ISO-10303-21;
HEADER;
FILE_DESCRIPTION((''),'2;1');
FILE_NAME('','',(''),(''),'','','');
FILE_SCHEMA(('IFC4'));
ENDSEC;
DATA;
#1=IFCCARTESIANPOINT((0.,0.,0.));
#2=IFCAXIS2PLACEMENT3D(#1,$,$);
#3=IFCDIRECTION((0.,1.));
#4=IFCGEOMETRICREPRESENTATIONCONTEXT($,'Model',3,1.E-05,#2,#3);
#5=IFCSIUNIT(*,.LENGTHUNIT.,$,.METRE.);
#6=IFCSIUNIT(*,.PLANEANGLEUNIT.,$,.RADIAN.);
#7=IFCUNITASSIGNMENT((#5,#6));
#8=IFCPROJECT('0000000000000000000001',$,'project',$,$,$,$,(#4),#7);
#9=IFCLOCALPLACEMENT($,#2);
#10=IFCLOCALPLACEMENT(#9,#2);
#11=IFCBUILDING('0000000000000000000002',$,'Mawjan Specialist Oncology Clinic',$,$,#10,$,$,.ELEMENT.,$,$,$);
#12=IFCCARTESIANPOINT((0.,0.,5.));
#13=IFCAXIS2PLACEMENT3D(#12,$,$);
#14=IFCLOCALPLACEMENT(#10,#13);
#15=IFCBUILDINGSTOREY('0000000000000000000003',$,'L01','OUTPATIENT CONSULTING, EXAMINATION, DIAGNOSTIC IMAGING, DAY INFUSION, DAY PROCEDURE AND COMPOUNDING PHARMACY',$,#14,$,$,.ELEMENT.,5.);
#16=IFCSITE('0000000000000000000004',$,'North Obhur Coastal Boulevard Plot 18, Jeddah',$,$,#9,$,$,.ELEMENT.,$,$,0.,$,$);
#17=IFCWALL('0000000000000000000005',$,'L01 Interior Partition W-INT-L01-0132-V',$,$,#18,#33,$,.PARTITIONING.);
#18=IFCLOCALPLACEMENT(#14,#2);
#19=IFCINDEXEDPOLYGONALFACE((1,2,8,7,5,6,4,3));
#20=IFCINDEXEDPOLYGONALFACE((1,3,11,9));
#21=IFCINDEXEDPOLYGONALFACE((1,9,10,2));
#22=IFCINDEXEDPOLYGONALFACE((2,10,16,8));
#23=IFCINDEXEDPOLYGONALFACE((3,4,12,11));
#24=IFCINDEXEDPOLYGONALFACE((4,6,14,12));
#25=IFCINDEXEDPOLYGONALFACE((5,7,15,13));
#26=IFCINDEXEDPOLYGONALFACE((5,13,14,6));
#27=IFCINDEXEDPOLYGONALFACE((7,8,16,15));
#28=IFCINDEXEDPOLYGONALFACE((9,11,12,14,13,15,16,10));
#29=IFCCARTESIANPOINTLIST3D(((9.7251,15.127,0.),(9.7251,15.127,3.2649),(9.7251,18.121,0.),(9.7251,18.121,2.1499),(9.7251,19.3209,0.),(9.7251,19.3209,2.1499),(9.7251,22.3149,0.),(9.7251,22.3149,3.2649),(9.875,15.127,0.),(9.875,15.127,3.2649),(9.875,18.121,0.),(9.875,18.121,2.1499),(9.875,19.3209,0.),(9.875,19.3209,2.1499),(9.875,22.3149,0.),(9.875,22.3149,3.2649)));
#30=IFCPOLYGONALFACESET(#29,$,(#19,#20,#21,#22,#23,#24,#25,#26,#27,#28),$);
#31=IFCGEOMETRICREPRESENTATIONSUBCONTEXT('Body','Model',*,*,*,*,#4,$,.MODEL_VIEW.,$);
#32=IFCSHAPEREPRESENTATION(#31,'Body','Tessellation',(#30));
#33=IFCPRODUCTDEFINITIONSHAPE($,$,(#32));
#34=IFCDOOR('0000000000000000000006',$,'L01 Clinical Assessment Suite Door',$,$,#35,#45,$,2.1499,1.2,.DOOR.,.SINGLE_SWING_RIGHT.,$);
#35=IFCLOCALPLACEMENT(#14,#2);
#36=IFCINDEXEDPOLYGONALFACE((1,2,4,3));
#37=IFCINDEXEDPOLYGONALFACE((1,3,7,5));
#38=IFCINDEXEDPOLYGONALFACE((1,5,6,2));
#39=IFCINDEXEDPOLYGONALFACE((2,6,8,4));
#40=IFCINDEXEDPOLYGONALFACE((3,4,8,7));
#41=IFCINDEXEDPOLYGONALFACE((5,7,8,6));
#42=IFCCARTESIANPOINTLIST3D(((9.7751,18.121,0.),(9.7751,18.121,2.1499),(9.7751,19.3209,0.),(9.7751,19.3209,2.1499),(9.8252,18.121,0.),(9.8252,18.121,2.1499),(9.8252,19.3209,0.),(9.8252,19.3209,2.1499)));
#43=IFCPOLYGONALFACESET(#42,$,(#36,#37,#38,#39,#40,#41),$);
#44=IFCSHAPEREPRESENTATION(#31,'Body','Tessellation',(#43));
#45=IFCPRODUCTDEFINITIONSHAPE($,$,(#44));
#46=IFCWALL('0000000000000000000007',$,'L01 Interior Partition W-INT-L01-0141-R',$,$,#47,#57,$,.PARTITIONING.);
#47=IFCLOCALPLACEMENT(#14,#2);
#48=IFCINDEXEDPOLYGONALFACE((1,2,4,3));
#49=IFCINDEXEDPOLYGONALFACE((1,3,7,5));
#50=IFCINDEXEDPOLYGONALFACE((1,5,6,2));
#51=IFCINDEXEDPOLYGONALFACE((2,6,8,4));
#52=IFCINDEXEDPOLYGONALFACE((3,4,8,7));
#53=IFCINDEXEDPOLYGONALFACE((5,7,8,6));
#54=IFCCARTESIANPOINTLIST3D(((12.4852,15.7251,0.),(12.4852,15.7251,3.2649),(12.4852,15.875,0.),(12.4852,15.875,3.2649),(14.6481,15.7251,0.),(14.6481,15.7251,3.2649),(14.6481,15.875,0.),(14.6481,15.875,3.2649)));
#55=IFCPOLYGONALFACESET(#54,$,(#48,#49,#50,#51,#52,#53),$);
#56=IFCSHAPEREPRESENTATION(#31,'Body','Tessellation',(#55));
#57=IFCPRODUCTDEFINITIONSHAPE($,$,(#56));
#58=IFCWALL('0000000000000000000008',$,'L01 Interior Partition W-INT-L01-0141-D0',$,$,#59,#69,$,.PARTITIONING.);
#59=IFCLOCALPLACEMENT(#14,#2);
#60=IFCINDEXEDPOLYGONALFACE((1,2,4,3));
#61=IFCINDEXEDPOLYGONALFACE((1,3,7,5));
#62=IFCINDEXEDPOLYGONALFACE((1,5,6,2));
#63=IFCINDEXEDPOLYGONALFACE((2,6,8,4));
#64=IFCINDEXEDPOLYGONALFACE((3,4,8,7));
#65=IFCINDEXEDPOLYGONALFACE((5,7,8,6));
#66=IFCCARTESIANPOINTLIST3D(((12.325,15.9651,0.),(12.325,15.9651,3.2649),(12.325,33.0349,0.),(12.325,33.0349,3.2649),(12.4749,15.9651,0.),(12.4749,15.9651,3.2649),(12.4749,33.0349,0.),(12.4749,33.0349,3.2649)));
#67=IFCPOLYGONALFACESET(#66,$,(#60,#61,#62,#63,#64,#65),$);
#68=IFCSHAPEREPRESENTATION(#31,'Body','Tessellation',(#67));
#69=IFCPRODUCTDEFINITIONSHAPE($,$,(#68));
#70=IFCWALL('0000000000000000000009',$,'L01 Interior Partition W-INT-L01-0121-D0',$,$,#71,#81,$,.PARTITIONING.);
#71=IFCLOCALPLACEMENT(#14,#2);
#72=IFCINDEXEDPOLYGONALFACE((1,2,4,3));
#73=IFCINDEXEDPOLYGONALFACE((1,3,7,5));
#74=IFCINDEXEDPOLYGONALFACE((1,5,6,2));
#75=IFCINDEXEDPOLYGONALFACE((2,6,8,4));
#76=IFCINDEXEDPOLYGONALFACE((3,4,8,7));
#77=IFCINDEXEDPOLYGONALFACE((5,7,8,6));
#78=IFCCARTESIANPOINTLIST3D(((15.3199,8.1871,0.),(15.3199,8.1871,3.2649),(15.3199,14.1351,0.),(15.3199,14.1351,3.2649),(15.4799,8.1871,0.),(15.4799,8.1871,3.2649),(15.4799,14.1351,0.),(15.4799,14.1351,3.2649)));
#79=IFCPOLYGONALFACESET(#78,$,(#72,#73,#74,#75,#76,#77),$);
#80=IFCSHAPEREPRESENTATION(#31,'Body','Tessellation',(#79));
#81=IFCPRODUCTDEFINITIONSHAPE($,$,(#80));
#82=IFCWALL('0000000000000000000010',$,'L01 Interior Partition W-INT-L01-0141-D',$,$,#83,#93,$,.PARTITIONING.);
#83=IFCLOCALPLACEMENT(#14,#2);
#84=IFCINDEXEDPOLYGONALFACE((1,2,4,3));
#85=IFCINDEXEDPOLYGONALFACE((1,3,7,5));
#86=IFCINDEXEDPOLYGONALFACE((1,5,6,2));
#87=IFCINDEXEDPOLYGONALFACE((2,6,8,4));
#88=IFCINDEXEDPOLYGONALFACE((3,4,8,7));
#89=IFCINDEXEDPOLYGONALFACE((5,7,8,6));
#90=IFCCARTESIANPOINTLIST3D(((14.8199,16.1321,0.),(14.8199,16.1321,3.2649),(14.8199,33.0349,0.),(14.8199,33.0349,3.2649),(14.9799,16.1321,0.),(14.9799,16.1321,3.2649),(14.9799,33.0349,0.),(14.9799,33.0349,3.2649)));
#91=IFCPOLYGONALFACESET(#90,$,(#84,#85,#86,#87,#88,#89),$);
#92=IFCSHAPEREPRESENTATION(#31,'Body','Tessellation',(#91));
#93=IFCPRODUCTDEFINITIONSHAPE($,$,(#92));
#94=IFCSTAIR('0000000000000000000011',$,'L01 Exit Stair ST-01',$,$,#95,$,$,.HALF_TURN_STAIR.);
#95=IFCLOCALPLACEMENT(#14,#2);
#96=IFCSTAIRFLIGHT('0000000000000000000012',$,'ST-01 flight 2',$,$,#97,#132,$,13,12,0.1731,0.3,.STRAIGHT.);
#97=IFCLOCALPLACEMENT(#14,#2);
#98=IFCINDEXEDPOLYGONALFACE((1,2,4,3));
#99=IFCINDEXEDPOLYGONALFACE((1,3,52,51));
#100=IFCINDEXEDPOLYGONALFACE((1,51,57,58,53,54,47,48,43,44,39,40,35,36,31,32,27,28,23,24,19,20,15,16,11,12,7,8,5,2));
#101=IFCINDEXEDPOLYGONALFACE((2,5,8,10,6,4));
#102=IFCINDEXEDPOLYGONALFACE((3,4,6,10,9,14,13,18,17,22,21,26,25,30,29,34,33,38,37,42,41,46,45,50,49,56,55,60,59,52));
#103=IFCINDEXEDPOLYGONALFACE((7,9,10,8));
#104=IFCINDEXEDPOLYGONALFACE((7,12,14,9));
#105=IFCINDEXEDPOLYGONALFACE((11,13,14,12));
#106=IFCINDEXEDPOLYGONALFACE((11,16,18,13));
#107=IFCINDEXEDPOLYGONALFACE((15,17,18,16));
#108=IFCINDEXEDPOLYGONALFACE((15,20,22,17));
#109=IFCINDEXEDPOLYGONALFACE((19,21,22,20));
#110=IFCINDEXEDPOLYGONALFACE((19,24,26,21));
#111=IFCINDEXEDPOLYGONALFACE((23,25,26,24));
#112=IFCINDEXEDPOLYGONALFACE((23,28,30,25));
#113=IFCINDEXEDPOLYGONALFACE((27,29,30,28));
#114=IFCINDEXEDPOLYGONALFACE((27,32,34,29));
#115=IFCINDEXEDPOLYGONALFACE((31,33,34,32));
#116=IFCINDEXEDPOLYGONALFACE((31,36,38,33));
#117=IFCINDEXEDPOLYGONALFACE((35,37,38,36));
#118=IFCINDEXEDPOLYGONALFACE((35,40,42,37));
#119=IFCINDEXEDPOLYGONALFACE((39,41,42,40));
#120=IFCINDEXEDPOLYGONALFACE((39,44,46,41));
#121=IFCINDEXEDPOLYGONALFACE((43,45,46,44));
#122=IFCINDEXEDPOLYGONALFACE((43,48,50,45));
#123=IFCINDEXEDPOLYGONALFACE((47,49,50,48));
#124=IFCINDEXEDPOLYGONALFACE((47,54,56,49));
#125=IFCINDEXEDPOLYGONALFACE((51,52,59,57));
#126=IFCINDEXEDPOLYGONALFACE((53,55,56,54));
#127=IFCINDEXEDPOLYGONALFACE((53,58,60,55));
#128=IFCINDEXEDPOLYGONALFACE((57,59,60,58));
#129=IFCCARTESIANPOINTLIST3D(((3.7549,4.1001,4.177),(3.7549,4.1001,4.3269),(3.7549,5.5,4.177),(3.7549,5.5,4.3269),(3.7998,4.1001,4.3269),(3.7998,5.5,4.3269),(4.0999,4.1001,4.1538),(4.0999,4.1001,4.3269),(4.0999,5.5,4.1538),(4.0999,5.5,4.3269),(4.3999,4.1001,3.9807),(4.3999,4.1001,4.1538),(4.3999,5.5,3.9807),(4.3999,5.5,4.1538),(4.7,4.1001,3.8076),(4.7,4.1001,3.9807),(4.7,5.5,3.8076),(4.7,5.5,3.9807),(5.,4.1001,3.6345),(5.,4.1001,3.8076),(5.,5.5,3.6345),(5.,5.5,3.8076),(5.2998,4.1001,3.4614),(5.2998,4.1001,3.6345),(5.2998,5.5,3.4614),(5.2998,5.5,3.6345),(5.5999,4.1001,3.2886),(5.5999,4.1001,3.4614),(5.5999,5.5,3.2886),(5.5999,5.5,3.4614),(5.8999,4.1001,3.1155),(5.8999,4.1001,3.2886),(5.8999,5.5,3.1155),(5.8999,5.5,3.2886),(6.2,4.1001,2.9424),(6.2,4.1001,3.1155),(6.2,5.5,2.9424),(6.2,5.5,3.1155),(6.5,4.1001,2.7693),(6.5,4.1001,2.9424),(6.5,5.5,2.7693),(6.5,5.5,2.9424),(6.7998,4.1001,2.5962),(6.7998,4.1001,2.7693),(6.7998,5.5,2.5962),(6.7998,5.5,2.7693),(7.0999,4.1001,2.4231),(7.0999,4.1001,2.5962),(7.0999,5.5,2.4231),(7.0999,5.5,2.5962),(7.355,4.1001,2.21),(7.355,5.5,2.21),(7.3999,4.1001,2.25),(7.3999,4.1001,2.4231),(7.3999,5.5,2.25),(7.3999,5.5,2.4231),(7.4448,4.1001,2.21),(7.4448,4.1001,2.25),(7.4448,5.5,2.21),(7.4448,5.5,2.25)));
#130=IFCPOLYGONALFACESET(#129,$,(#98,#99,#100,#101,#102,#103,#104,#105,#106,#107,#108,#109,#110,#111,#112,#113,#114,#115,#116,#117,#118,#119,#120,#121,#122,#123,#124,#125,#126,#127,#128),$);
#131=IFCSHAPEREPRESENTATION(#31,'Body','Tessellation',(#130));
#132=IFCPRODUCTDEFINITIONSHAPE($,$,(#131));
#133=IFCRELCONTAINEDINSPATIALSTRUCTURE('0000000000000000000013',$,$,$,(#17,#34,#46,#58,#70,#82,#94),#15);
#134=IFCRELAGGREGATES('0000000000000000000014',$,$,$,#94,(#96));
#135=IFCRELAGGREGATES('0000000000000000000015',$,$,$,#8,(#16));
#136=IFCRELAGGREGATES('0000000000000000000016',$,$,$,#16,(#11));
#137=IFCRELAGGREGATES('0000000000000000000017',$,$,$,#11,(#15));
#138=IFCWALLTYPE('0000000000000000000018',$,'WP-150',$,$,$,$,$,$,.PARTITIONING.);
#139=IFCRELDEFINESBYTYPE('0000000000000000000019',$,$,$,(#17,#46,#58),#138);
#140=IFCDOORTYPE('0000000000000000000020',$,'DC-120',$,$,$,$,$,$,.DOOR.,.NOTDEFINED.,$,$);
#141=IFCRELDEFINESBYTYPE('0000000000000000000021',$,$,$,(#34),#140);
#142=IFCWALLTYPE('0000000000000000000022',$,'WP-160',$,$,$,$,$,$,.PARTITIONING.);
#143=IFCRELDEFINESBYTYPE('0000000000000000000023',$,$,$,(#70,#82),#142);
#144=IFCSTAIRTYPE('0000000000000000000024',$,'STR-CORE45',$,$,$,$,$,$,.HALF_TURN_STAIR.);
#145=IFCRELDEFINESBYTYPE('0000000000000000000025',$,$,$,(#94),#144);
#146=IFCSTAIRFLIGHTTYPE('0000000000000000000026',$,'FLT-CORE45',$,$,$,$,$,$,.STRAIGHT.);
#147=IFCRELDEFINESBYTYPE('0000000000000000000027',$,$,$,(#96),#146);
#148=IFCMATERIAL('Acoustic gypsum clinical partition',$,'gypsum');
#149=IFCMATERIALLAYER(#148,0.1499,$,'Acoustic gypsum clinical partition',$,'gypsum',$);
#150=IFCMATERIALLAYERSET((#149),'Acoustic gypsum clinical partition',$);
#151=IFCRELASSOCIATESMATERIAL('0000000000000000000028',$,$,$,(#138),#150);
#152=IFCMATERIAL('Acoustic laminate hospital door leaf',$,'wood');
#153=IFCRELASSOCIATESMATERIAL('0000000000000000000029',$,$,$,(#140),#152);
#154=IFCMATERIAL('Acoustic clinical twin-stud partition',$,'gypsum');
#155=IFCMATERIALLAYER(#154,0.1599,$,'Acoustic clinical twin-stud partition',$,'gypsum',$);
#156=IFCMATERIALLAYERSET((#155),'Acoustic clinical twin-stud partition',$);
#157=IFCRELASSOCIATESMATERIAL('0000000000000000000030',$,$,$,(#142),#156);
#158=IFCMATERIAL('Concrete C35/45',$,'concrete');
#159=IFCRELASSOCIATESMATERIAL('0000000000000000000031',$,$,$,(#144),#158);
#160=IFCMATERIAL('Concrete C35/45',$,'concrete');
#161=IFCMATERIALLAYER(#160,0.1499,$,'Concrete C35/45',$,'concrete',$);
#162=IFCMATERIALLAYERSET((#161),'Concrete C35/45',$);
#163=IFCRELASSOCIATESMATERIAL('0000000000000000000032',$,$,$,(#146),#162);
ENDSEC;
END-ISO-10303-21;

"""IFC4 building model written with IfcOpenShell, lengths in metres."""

from ifc_helpers import new_model, si_unit, direction, frame, frame_2d, origin, place, context, subcontext, project, spatial, polyline, rectangle, outline, extrude, material, layer, layer_set, type_object, element, fill, aggregate, save


model = new_model("IFC4")

# Units and contexts
model_context = context("Model", 3, precision=1e-05, world=origin(), true_north=direction((0.0, 1.0)))
body_context = subcontext(model_context, "Body", "Model", "MODEL_VIEW")
ifc_project = project(units=[si_unit("LENGTHUNIT", "METRE"), si_unit("PLANEANGLEUNIT", "RADIAN")], contexts=[model_context])

# Site, building, storey
site_placement = place(None, origin())
site = spatial("IfcSite", under=ifc_project, at=site_placement, Name="North Obhur Coastal Boulevard Plot 18, Jeddah", CompositionType="ELEMENT", RefElevation=0.0)
building_placement = place(site_placement, origin())
building = spatial("IfcBuilding", under=site, at=building_placement, Name="Mawjan Specialist Oncology Clinic", CompositionType="ELEMENT")
storey_placement = place(building_placement, frame((0.0, 0.0, 5.0)))
storey = spatial("IfcBuildingStorey", under=building, at=storey_placement, Name="L01", Description="OUTPATIENT CONSULTING, EXAMINATION, DIAGNOSTIC IMAGING, DAY INFUSION, DAY PROCEDURE AND COMPOUNDING PHARMACY", CompositionType="ELEMENT", Elevation=5.0)

# Wall, opening, door
ifc_material_1 = material(Name="Acoustic gypsum clinical partition", Category="gypsum")
ifc_layer_1 = layer(ifc_material_1, 0.1499, Name="Acoustic gypsum clinical partition", Category="gypsum")
ifc_layer_set_1 = layer_set([ifc_layer_1], Name="Acoustic gypsum clinical partition")
wall_type_1 = type_object("IfcWallType", Name="WP-150", PredefinedType="PARTITIONING", material=ifc_layer_set_1)
wall_1_placement = place(storey_placement, frame((9.8, 15.127, 0.0), z_axis=(0.0, 0.0, 1.0), x_axis=(0.0, 1.0, 0.0)))
wall_1 = element("IfcWall", 1, at=wall_1_placement, inside=storey, type_object=wall_type_1, Name="L01 Interior Partition W-INT-L01-0132-V", PredefinedType="PARTITIONING", context=body_context, shape_type="SweptSolid", body=[
    extrude(rectangle(XDim=7.188, YDim=0.1499, at=frame_2d((3.594, 0.0))), origin(), (0.0, 0.0, 1.0), 3.2649),
])
opening_1_placement = place(wall_1_placement, frame((2.9939, 0.0, 0.0)))
opening_1 = element("IfcOpeningElement", 2, at=opening_1_placement, cuts=wall_1, PredefinedType="OPENING", context=body_context, shape_type="SweptSolid", body=[
    extrude(rectangle(XDim=1.2, YDim=2.1499, at=frame_2d((0.6001, 1.075))), frame((0.0, 0.0869, 0.0), z_axis=(0.0, -1.0, 0.0), x_axis=(1.0, 0.0, 0.0)), (0.0, 0.0, 1.0), 0.1738),
])
ifc_material_2 = material(Name="Acoustic laminate hospital door leaf", Category="wood")
door_type_1 = type_object("IfcDoorType", Name="DC-120", OperationType="NOTDEFINED", PredefinedType="DOOR", material=ifc_material_2)
door_1_placement = place(opening_1_placement, origin())
door_1 = element("IfcDoor", 3, at=door_1_placement, inside=storey, type_object=door_type_1, Name="L01 Clinical Assessment Suite Door", OperationType="SINGLE_SWING_RIGHT", OverallHeight=2.1499, OverallWidth=1.2, PredefinedType="DOOR", context=body_context, shape_type="SweptSolid", body=[
    extrude(rectangle(XDim=1.2, YDim=2.1499, at=frame_2d((0.6001, 1.075))), frame((0.0, 0.0249, 0.0), z_axis=(0.0, -1.0, 0.0), x_axis=(1.0, 0.0, 0.0)), (0.0, 0.0, 1.0), 0.05),
])
fill(opening_1, door_1)

# Walls
wall_2_placement = place(storey_placement, frame((12.4851, 15.8, 0.0), z_axis=(0.0, 0.0, 1.0), x_axis=(1.0, 0.0, 0.0)))
element("IfcWall", 4, at=wall_2_placement, inside=storey, type_object=wall_type_1, Name="L01 Interior Partition W-INT-L01-0141-R", PredefinedType="PARTITIONING", context=body_context, shape_type="SweptSolid", body=[
    extrude(rectangle(XDim=2.1628, YDim=0.1499, at=frame_2d((1.0815, 0.0))), origin(), (0.0, 0.0, 1.0), 3.2649),
])
wall_3_placement = place(storey_placement, frame((12.3999, 15.9651, 0.0), z_axis=(0.0, 0.0, 1.0), x_axis=(0.0, 1.0, 0.0)))
element("IfcWall", 5, at=wall_3_placement, inside=storey, type_object=wall_type_1, Name="L01 Interior Partition W-INT-L01-0141-D0", PredefinedType="PARTITIONING", context=body_context, shape_type="SweptSolid", body=[
    extrude(rectangle(XDim=17.0698, YDim=0.1499, at=frame_2d((8.5349, 0.0))), origin(), (0.0, 0.0, 1.0), 3.2649),
])
ifc_material_3 = material(Name="Acoustic clinical twin-stud partition", Category="gypsum")
ifc_layer_2 = layer(ifc_material_3, 0.1599, Name="Acoustic clinical twin-stud partition", Category="gypsum")
ifc_layer_set_2 = layer_set([ifc_layer_2], Name="Acoustic clinical twin-stud partition")
wall_type_2 = type_object("IfcWallType", Name="WP-160", PredefinedType="PARTITIONING", material=ifc_layer_set_2)
wall_4_placement = place(storey_placement, frame((15.3999, 8.187, 0.0), z_axis=(0.0, 0.0, 1.0), x_axis=(0.0, 1.0, 0.0)))
element("IfcWall", 6, at=wall_4_placement, inside=storey, type_object=wall_type_2, Name="L01 Interior Partition W-INT-L01-0121-D0", PredefinedType="PARTITIONING", context=body_context, shape_type="SweptSolid", body=[
    extrude(rectangle(XDim=5.948, YDim=0.1599, at=frame_2d((2.9741, 0.0))), origin(), (0.0, 0.0, 1.0), 3.2649),
])
wall_5_placement = place(storey_placement, frame((14.8999, 16.1321, 0.0), z_axis=(0.0, 0.0, 1.0), x_axis=(0.0, 1.0, 0.0)))
element("IfcWall", 7, at=wall_5_placement, inside=storey, type_object=wall_type_2, Name="L01 Interior Partition W-INT-L01-0141-D", PredefinedType="PARTITIONING", context=body_context, shape_type="SweptSolid", body=[
    extrude(rectangle(XDim=16.9028, YDim=0.1599, at=frame_2d((8.4514, 0.0))), origin(), (0.0, 0.0, 1.0), 3.2649),
])

# Stair, stair flight
ifc_material_4 = material(Name="Concrete C35/45", Category="concrete")
stair_type = type_object("IfcStairType", Name="STR-CORE45", PredefinedType="HALF_TURN_STAIR", material=ifc_material_4)
stair_placement = place(storey_placement, origin())
stair = element("IfcStair", 8, at=stair_placement, inside=storey, type_object=stair_type, Name="L01 Exit Stair ST-01", PredefinedType="HALF_TURN_STAIR")
ifc_material_5 = material(Name="Concrete C35/45", Category="concrete")
ifc_layer_3 = layer(ifc_material_5, 0.1499, Name="Concrete C35/45", Category="concrete")
ifc_layer_set_3 = layer_set([ifc_layer_3], Name="Concrete C35/45")
stair_flight_type = type_object("IfcStairFlightType", Name="FLT-CORE45", PredefinedType="STRAIGHT", material=ifc_layer_set_3)
stair_flight_placement = place(storey_placement, frame((7.3999, 4.8, 2.25), z_axis=(0.0, 0.0, 1.0), x_axis=(-1.0, 0.0, 0.0)))
stair_flight = element("IfcStairFlight", 9, at=stair_flight_placement, type_object=stair_flight_type, Name="ST-01 flight 2", NumberOfRisers=13, NumberOfTreads=12, PredefinedType="STRAIGHT", RiserHeight=0.1731, TreadLength=0.3, context=body_context, shape_type="SweptSolid", body=[
    extrude(outline(polyline([(-0.0449, -0.04), (-0.0449, 0.0), (0.0, 0.0), (0.0, 0.1731), (0.3, 0.1731), (0.3, 0.3462), (0.6001, 0.3462), (0.6001, 0.5193), (0.8999, 0.5193), (0.8999, 0.6924), (1.2, 0.6924), (1.2, 0.8655), (1.5, 0.8655), (1.5, 1.0386), (1.8, 1.0386), (1.8, 1.2114), (2.1001, 1.2114), (2.1001, 1.3845), (2.3999, 1.3845), (2.3999, 1.5576), (2.7, 1.5576), (2.7, 1.7307), (3.0, 1.7307), (3.0, 1.9038), (3.3, 1.9038), (3.3, 2.0769), (3.6001, 2.0769), (3.645, 2.0769), (3.645, 1.927), (0.0449, -0.04), (-0.0449, -0.04)])), frame((0.0, 0.7, 0.0), z_axis=(0.0, -1.0, 0.0), x_axis=(1.0, 0.0, 0.0)), (0.0, 0.0, 1.0), 1.3999),
])
aggregate(stair, [stair_flight])

save(model, "model.ifc")
